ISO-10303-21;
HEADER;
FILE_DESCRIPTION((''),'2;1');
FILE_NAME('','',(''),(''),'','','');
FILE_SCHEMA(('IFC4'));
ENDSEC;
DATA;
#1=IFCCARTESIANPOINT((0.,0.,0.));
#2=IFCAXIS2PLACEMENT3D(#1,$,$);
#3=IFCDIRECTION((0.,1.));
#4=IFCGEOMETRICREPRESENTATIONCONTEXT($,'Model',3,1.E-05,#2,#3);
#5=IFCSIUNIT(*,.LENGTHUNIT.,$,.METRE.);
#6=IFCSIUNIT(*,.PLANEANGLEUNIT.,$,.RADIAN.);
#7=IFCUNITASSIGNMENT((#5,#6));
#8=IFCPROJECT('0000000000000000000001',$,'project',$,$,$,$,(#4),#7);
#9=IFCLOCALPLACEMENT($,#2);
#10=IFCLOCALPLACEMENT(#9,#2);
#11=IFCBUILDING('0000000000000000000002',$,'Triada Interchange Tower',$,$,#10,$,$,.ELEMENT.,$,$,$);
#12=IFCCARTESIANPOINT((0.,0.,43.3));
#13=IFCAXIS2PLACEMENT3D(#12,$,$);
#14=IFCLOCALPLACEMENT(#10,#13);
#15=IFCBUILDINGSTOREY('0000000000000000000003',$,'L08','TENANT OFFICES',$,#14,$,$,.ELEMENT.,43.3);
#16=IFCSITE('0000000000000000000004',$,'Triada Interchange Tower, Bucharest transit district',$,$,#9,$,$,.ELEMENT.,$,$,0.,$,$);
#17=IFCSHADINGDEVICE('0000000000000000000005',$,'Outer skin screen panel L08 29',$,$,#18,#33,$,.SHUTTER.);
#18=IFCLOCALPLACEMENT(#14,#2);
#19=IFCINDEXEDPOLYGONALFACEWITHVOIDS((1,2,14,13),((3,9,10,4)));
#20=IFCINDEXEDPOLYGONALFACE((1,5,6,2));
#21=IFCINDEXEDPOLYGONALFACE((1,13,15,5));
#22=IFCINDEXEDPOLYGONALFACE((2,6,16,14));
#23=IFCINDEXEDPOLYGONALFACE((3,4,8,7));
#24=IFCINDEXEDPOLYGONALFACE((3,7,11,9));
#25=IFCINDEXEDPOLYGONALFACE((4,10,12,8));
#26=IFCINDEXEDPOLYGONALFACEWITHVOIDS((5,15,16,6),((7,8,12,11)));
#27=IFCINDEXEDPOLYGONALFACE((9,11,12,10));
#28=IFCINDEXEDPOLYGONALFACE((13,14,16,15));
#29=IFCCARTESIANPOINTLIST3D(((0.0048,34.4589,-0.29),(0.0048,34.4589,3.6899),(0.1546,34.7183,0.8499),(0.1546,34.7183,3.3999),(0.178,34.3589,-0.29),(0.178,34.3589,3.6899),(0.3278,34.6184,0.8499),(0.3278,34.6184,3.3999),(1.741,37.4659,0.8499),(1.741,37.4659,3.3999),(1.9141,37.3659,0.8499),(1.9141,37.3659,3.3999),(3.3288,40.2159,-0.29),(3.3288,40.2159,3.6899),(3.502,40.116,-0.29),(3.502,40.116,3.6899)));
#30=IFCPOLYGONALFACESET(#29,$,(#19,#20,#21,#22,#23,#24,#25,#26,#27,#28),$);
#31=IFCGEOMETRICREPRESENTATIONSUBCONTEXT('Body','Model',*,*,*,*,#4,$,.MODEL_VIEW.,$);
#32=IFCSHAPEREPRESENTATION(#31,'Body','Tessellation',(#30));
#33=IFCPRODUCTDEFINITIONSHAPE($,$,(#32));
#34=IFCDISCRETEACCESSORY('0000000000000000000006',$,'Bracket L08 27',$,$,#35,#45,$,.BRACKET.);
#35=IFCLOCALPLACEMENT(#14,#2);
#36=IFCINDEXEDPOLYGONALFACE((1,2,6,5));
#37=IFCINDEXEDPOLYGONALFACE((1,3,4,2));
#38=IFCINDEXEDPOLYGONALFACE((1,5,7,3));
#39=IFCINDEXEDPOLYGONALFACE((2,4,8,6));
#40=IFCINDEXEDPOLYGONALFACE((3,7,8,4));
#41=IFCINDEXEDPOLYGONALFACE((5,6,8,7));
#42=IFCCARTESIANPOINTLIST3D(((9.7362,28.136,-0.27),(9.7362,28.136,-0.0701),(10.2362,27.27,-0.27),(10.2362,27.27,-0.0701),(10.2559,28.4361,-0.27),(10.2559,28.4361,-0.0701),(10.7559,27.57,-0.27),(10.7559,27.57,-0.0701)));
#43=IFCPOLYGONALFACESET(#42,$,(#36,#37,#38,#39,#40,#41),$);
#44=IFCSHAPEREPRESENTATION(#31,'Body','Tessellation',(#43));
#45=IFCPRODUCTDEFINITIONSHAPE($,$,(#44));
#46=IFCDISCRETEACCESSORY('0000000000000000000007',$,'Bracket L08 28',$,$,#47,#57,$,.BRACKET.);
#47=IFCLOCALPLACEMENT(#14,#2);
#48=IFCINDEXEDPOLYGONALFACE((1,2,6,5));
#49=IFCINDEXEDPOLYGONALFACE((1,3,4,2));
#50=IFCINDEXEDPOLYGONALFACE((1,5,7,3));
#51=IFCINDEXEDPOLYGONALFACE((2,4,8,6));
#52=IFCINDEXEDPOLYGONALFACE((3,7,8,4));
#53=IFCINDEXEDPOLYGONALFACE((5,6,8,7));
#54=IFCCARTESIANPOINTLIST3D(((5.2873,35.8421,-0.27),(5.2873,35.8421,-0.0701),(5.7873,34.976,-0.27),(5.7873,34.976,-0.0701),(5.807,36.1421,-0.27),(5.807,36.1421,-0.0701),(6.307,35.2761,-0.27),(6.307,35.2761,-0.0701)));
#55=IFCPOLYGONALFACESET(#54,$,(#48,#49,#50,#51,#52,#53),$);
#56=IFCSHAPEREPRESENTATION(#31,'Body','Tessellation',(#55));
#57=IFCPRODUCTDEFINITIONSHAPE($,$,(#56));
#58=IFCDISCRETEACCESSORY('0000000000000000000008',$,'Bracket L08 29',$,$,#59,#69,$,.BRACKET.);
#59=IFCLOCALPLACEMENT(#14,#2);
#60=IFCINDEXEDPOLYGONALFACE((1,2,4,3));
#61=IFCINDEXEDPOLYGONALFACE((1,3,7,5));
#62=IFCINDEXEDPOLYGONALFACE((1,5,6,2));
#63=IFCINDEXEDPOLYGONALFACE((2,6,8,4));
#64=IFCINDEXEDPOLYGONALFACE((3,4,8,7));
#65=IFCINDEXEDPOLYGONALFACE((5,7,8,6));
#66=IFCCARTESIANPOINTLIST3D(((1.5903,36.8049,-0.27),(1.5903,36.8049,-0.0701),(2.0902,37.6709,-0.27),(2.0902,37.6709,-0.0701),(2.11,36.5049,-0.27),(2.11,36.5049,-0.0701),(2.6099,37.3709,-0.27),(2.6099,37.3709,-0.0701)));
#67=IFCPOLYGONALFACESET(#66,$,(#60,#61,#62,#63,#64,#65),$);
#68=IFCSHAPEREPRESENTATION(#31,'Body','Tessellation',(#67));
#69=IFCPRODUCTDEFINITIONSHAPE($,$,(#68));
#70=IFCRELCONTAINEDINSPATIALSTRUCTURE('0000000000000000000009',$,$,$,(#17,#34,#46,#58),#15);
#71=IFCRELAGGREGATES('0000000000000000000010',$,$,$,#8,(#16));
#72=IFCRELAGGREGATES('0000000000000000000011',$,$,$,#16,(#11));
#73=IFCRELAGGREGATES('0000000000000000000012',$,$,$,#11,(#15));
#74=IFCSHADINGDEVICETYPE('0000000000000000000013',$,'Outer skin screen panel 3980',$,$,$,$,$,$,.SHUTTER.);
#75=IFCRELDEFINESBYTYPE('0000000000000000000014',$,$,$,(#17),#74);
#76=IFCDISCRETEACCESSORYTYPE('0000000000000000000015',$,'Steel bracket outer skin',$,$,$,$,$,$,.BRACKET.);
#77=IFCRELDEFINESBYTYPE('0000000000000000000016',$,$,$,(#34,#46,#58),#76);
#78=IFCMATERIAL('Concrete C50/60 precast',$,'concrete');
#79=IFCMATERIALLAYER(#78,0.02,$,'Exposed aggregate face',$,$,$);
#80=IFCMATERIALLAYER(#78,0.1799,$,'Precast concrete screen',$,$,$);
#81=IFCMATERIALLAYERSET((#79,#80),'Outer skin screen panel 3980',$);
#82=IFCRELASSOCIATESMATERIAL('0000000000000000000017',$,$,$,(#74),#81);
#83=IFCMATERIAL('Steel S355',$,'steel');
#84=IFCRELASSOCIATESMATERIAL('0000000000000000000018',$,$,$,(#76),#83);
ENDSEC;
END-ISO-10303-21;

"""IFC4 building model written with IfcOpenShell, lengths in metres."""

from ifc_helpers import new_model, si_unit, direction, frame, origin, origin_2d, place, context, subcontext, project, spatial, polyline, rectangle, outline, extrude, material, layer, layer_set, type_object, element, save


model = new_model("IFC4")

# Units and contexts
model_context = context("Model", 3, precision=1e-05, world=origin(), true_north=direction((0.0, 1.0)))
body_context = subcontext(model_context, "Body", "Model", "MODEL_VIEW")
ifc_project = project(units=[si_unit("LENGTHUNIT", "METRE"), si_unit("PLANEANGLEUNIT", "RADIAN")], contexts=[model_context])

# Site, building, storey
site_placement = place(None, origin())
site = spatial("IfcSite", under=ifc_project, at=site_placement, Name="Triada Interchange Tower, Bucharest transit district", CompositionType="ELEMENT", RefElevation=0.0)
building_placement = place(site_placement, origin())
building = spatial("IfcBuilding", under=site, at=building_placement, Name="Triada Interchange Tower", CompositionType="ELEMENT")
storey_placement = place(building_placement, frame((0.0, 0.0, 43.3)))
storey = spatial("IfcBuildingStorey", under=building, at=storey_placement, Name="L08", Description="TENANT OFFICES", CompositionType="ELEMENT", Elevation=43.3)

# Shading device
ifc_material_1 = material(Name="Concrete C50/60 precast", Category="concrete")
ifc_layer_1 = layer(ifc_material_1, 0.02, Name="Exposed aggregate face")
ifc_layer_2 = layer(ifc_material_1, 0.1799, Name="Precast concrete screen")
ifc_layer_set_1 = layer_set([ifc_layer_1, ifc_layer_2], Name="Outer skin screen panel 3980")
shading_device_type = type_object("IfcShadingDeviceType", Name="Outer skin screen panel 3980", PredefinedType="SHUTTER", material=ifc_layer_set_1)
shading_device_1_placement = place(storey_placement, frame((3.502, 40.116, -0.29), z_axis=(0.0, 0.0, 1.0), x_axis=(-0.500014, -0.866017, 0.0)))
element("IfcShadingDevice", 1, at=shading_device_1_placement, inside=storey, type_object=shading_device_type, Name="Outer skin screen panel L08 29", PredefinedType="SHUTTER", context=body_context, shape_type="SweptSolid", body=[
    extrude(outline(polyline([(0.0, 0.0), (6.6477, 0.0), (6.6477, 3.98), (0.0, 3.98), (0.0, 0.0)]), holes=[polyline([(3.1755, 1.1399), (3.1755, 3.6899), (6.3481, 3.6899), (6.3481, 1.1399), (3.1755, 1.1399)])]), frame((0.0, 0.0, 0.0), z_axis=(0.0, -1.0, 0.0), x_axis=(1.0, 0.0, 0.0)), (0.0, 0.0, 1.0), 0.2),
])

# Discrete accessories
ifc_material_2 = material(Name="Steel S355", Category="steel")
discrete_accessory_type = type_object("IfcDiscreteAccessoryType", Name="Steel bracket outer skin", PredefinedType="BRACKET", material=ifc_material_2)
for number, where, z_axis, x_axis, name in (
    (2, (10.2461, 27.853, -0.27), (0.0, 0.0, 1.0), (0.866021, 0.500008, 0.0), "Bracket L08 27"),
    (3, (5.7971, 35.5591, -0.27), (0.0, 0.0, 1.0), (0.866021, 0.500008, 0.0), "Bracket L08 28"),
    (4, (2.1001, 37.0879, -0.27), (0.0, 0.0, 1.0), (-0.86605, 0.499957, 0.0), "Bracket L08 29"),
):
    element("IfcDiscreteAccessory", number, at=place(storey_placement, frame(where, z_axis=z_axis, x_axis=x_axis)), inside=storey, type_object=discrete_accessory_type, Name=name, PredefinedType="BRACKET", context=body_context, shape_type="SweptSolid", body=[
        extrude(rectangle(XDim=0.6001, YDim=1.0, at=origin_2d()), origin(), (0.0, 0.0, 1.0), 0.2),
    ])

save(model, "model.ifc")
